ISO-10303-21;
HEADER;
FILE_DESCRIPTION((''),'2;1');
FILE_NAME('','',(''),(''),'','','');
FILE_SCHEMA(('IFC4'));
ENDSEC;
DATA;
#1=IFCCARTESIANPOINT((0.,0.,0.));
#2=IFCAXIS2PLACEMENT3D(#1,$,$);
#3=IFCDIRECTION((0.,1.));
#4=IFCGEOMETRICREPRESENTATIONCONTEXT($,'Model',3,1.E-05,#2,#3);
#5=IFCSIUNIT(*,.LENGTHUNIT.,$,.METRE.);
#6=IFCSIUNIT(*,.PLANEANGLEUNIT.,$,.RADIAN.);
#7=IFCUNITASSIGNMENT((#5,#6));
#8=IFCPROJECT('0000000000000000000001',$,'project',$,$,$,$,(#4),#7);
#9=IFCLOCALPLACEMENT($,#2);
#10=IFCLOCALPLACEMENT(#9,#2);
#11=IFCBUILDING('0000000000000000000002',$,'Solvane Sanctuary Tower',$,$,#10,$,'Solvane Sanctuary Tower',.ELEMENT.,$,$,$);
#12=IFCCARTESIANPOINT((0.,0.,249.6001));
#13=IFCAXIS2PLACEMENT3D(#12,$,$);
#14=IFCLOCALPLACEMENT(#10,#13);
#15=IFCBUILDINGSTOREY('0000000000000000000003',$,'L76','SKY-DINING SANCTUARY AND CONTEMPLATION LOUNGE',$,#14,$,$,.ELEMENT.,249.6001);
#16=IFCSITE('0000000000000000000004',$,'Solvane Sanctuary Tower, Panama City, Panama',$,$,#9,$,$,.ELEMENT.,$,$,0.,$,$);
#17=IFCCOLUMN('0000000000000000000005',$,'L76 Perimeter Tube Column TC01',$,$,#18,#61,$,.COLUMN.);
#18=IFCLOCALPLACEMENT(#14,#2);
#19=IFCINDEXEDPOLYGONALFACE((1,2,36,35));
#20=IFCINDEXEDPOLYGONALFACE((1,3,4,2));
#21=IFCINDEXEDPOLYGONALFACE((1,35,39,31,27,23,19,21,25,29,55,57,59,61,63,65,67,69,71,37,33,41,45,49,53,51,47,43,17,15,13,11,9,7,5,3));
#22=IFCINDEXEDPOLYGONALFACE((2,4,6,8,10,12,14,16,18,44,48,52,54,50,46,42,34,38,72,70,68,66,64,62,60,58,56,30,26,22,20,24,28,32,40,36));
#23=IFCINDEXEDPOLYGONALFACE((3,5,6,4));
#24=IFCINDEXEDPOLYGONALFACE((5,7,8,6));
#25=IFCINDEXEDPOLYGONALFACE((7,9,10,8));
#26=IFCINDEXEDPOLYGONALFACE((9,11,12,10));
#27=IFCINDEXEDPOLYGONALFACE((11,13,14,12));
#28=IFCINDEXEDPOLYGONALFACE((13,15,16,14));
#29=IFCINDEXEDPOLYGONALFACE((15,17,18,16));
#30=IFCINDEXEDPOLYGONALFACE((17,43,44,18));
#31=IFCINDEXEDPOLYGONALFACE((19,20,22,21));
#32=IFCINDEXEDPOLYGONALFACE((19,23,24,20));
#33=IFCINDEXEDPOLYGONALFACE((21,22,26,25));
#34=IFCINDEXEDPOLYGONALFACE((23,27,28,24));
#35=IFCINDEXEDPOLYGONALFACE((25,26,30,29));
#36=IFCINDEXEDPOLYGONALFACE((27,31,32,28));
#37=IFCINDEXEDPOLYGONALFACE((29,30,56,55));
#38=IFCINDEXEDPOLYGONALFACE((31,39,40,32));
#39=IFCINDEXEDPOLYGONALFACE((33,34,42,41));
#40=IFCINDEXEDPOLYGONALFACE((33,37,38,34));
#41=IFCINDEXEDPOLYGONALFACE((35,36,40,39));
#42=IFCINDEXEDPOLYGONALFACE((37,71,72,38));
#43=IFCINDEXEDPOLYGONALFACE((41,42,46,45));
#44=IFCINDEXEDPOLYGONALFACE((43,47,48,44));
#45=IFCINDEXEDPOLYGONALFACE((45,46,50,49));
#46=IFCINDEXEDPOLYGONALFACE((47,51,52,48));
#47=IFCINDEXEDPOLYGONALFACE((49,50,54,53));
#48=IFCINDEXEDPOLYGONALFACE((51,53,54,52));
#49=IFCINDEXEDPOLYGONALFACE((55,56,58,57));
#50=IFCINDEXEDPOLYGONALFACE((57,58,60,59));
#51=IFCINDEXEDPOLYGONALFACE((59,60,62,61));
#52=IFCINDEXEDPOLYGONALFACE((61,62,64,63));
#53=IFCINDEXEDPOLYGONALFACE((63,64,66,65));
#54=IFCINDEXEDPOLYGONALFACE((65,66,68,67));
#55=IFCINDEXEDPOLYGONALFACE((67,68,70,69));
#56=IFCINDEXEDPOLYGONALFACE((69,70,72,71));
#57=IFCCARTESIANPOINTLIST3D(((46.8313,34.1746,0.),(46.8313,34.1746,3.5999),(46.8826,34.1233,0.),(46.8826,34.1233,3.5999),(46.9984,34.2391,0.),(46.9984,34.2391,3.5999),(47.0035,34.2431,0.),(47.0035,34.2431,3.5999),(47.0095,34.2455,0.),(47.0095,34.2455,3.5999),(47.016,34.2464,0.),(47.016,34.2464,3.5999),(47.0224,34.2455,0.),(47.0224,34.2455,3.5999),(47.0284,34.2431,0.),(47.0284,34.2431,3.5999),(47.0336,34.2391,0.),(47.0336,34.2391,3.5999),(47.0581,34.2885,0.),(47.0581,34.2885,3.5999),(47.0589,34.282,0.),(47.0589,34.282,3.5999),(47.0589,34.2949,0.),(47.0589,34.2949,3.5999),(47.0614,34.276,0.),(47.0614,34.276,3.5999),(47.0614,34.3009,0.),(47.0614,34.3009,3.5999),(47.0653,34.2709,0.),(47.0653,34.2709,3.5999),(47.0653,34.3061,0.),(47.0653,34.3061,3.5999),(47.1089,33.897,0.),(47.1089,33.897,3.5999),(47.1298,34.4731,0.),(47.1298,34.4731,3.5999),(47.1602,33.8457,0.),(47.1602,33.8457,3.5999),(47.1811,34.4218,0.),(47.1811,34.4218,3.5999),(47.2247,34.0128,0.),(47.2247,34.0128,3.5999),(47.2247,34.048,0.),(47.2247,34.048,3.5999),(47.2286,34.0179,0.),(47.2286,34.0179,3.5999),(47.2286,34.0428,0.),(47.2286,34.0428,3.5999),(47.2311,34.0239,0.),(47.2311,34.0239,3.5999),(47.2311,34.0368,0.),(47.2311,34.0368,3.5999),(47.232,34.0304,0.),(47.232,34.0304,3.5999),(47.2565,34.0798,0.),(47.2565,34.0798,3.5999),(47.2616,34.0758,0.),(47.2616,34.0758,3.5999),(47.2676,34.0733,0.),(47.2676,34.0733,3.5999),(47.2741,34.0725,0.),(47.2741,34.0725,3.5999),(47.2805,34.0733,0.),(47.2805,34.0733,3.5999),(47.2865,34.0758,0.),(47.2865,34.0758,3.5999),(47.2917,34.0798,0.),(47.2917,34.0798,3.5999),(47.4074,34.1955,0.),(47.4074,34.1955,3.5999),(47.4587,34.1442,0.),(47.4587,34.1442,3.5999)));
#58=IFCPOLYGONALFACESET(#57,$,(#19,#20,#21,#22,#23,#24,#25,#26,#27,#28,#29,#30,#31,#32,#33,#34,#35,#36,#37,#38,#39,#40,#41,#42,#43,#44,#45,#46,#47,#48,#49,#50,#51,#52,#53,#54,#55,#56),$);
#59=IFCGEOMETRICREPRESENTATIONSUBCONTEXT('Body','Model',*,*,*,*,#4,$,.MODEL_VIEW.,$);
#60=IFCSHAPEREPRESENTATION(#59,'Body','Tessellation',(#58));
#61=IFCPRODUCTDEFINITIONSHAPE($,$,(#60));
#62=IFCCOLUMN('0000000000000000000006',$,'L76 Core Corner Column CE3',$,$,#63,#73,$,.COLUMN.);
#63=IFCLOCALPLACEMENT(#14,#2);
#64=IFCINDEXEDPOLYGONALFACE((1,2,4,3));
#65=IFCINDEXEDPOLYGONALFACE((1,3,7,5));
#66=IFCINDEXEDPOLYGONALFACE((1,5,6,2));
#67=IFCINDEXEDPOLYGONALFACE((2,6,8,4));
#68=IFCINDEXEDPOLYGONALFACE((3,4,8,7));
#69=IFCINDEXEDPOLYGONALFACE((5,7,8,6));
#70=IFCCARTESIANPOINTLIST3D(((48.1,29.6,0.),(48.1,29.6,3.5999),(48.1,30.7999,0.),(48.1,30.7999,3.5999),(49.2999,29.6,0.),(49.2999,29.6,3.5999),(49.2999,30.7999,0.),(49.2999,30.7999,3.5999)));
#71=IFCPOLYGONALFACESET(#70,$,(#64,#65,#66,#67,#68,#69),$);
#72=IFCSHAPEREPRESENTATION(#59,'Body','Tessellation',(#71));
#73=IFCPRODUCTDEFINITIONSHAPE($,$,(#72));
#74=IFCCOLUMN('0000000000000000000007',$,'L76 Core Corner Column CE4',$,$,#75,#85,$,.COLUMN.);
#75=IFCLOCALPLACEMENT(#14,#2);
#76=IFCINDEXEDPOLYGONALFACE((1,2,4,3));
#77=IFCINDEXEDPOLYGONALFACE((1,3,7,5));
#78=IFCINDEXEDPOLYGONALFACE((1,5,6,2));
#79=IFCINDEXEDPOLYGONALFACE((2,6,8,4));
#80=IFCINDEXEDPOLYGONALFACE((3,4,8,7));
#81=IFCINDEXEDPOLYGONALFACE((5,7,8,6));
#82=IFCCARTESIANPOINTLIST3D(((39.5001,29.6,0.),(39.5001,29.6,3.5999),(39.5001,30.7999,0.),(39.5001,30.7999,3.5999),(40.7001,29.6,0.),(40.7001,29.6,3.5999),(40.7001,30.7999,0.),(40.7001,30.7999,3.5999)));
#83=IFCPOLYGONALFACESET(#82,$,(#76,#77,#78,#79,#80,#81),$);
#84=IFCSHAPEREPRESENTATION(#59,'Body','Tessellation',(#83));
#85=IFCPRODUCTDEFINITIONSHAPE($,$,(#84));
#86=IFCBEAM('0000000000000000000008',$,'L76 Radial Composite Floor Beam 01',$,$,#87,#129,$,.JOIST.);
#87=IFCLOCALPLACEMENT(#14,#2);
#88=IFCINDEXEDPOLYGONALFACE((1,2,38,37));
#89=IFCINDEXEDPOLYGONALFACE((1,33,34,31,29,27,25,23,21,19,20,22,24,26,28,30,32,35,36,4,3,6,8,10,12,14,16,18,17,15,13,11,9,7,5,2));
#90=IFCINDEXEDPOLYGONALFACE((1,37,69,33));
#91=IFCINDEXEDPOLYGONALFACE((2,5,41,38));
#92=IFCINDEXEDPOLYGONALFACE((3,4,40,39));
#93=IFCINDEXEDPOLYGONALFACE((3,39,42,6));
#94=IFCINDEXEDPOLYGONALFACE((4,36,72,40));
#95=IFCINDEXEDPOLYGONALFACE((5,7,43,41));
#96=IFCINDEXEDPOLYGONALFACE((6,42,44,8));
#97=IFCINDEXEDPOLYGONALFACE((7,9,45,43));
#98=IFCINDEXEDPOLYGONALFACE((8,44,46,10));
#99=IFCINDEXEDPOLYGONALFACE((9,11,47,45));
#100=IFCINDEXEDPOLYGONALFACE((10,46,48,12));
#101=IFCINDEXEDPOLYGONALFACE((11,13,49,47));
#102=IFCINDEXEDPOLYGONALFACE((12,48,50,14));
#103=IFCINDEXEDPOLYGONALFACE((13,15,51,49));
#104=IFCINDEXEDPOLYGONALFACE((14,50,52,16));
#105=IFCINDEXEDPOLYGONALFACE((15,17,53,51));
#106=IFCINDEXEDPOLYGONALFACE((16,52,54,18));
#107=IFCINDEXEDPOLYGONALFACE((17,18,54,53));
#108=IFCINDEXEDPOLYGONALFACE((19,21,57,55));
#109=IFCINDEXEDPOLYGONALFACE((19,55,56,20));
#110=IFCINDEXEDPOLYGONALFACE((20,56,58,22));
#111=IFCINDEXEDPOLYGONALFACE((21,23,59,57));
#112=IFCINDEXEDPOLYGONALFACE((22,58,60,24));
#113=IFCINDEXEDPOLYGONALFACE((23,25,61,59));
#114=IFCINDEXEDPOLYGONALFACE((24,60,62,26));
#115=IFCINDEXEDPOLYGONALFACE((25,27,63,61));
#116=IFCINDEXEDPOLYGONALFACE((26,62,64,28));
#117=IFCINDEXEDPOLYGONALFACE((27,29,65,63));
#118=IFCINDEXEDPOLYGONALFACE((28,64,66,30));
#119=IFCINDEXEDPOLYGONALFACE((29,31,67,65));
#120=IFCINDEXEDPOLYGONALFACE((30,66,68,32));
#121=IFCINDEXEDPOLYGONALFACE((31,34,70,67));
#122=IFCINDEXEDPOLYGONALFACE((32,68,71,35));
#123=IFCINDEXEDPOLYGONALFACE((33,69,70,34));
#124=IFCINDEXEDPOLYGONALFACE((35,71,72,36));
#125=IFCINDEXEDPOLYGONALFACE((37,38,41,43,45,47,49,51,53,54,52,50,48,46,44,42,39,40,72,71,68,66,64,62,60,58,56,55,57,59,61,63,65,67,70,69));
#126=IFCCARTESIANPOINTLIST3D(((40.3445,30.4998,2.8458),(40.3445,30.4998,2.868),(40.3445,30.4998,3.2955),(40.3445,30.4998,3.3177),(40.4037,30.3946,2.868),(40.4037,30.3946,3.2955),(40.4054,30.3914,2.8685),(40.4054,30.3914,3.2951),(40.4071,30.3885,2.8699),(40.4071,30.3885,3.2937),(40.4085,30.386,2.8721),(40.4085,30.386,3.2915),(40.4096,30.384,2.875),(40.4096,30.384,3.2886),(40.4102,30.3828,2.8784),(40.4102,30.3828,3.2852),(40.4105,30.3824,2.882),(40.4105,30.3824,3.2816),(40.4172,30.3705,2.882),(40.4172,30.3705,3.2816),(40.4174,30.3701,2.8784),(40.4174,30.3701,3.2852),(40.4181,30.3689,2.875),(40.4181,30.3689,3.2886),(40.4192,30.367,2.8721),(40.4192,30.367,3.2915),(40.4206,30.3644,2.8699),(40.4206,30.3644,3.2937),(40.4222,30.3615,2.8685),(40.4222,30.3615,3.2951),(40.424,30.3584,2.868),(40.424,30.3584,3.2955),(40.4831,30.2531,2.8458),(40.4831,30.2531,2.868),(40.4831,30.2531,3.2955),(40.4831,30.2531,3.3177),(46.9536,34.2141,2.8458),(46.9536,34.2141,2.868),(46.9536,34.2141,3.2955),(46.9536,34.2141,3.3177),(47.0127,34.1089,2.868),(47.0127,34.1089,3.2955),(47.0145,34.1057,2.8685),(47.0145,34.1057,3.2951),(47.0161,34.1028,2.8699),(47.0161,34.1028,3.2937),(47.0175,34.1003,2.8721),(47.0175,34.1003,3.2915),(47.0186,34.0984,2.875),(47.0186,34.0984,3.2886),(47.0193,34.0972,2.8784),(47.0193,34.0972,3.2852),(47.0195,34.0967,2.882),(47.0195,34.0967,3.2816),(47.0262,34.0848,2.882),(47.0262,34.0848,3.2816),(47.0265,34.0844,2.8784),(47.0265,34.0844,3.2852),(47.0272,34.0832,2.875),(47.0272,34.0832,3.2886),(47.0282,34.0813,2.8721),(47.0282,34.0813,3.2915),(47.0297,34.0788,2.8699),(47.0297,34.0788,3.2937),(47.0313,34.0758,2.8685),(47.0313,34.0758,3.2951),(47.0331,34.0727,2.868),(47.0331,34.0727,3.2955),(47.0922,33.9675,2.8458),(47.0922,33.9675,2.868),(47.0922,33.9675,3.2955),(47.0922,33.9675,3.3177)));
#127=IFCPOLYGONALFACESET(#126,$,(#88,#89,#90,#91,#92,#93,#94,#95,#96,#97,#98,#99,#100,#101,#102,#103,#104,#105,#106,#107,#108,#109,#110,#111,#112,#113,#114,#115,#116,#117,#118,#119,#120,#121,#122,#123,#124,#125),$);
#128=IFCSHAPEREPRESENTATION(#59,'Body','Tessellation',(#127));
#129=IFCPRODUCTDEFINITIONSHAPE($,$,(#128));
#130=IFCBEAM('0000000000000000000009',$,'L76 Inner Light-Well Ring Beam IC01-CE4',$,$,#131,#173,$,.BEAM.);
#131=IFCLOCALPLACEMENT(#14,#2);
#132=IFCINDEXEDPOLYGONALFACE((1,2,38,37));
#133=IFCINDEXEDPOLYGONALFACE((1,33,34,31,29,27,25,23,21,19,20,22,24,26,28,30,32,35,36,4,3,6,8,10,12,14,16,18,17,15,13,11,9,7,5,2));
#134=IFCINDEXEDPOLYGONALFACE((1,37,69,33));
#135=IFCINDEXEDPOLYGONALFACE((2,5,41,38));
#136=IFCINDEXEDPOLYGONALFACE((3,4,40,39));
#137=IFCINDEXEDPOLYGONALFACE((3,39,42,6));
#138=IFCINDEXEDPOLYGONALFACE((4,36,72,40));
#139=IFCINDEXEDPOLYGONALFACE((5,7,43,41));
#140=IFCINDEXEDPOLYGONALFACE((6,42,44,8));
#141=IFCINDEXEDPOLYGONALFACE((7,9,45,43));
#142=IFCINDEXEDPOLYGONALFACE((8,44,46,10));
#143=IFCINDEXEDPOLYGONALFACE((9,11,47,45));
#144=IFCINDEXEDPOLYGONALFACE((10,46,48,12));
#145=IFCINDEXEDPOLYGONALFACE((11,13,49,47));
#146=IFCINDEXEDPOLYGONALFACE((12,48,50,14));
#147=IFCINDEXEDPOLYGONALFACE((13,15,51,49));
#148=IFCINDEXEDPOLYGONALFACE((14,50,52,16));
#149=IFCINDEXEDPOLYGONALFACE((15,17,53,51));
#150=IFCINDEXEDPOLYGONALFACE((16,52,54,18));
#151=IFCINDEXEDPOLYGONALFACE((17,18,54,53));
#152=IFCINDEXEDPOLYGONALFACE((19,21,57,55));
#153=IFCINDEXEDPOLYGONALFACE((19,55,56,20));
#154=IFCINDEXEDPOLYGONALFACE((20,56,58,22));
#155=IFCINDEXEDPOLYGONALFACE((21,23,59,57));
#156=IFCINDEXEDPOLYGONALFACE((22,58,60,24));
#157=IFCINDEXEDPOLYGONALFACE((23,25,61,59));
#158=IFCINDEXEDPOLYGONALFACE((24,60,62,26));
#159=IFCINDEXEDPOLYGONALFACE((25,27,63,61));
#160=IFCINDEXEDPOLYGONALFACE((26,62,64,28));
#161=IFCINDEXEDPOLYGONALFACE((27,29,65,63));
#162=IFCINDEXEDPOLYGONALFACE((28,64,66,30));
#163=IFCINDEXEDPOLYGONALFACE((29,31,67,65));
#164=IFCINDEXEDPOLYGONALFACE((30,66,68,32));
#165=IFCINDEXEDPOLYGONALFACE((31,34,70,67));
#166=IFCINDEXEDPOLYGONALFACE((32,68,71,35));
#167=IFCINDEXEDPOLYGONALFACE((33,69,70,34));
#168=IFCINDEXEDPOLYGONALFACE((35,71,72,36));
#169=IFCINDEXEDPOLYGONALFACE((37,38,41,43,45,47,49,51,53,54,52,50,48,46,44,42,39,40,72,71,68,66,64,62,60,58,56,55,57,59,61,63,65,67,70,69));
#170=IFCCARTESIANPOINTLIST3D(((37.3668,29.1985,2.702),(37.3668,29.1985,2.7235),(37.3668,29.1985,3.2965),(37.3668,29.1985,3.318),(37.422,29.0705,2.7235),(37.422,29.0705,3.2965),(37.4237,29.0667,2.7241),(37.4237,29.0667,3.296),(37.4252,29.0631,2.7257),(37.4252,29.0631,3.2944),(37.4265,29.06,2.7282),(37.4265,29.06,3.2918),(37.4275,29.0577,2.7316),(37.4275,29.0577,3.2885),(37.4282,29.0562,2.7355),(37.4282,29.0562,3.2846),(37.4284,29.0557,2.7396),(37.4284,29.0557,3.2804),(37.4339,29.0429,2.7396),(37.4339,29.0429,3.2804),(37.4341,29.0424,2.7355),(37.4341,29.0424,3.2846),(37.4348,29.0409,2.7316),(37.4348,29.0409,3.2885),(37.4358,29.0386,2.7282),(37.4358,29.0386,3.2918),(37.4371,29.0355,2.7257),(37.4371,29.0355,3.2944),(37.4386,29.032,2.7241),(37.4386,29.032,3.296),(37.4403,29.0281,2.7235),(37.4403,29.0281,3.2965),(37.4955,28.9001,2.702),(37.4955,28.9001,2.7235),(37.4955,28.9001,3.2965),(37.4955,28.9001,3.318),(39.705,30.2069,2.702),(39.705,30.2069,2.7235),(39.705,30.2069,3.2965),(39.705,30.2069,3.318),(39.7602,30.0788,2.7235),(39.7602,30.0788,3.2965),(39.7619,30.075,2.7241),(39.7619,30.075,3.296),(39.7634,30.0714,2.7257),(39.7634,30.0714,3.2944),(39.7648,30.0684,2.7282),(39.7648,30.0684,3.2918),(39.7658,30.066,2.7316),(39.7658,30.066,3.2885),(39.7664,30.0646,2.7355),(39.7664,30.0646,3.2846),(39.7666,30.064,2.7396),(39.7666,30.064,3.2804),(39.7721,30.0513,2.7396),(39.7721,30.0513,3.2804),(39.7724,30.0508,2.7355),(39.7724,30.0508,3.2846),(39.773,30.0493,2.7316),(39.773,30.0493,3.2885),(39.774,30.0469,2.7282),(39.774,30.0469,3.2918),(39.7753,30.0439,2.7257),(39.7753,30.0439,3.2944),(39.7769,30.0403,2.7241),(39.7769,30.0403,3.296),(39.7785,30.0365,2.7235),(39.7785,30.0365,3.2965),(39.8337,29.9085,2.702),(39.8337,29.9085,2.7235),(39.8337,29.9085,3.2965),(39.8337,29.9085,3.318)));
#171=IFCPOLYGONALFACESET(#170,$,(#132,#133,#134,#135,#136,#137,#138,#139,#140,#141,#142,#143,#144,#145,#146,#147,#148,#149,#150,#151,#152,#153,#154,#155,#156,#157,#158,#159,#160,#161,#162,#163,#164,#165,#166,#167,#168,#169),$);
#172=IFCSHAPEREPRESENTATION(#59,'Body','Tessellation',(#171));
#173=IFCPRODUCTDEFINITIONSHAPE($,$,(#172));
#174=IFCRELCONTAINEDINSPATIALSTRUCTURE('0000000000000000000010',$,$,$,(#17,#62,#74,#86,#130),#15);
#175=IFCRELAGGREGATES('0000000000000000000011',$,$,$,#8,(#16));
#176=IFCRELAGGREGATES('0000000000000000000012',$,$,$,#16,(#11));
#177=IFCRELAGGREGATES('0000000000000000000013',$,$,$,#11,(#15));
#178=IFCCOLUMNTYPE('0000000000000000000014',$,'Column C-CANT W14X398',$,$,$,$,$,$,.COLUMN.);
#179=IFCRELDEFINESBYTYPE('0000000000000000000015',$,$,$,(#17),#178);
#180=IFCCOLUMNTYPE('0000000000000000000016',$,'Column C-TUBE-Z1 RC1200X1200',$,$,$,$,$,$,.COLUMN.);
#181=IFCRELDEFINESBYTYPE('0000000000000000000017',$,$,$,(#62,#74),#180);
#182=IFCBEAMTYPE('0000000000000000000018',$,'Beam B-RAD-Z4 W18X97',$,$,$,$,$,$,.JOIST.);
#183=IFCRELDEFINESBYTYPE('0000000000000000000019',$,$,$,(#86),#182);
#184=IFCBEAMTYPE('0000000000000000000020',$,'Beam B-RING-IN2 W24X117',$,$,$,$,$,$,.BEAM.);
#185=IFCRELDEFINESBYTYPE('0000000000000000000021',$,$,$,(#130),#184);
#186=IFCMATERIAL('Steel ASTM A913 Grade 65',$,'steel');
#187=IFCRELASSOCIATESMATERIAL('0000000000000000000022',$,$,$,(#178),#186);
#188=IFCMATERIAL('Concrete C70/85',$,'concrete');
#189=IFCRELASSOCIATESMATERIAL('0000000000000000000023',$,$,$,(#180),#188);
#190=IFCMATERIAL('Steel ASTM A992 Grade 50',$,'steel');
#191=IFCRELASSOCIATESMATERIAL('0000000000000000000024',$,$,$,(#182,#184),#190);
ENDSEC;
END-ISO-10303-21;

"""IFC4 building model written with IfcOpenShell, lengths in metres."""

from ifc_helpers import new_model, si_unit, direction, frame, origin, origin_2d, place, context, subcontext, project, spatial, rectangle, i_section, extrude, material, material_profile, profile_set, type_object, element, save


model = new_model("IFC4")

# Units and contexts
model_context = context("Model", 3, precision=1e-05, world=origin(), true_north=direction((0.0, 1.0)))
body_context = subcontext(model_context, "Body", "Model", "MODEL_VIEW")
ifc_project = project(units=[si_unit("LENGTHUNIT", "METRE"), si_unit("PLANEANGLEUNIT", "RADIAN")], contexts=[model_context])

# Site, building, storey
site_placement = place(None, origin())
site = spatial("IfcSite", under=ifc_project, at=site_placement, Name="Solvane Sanctuary Tower, Panama City, Panama", CompositionType="ELEMENT", RefElevation=0.0)
building_placement = place(site_placement, origin())
building = spatial("IfcBuilding", under=site, at=building_placement, Name="Solvane Sanctuary Tower", LongName="Solvane Sanctuary Tower", CompositionType="ELEMENT")
storey_placement = place(building_placement, frame((0.0, 0.0, 249.6001)))
storey = spatial("IfcBuildingStorey", under=building, at=storey_placement, Name="L76", Description="SKY-DINING SANCTUARY AND CONTEMPLATION LOUNGE", CompositionType="ELEMENT", Elevation=249.6001)

# Columns
ifc_material_1 = material(Name="Steel ASTM A913 Grade 65", Category="steel")
ifc_material_profile_1 = material_profile(ifc_material_1, i_section(OverallWidth=0.4221, OverallDepth=0.4651, WebThickness=0.0449, FlangeThickness=0.0725, FilletRadius=0.0249, at=origin_2d()), Name="W14X398")
ifc_profile_set_1 = profile_set([ifc_material_profile_1], Name="Steel ASTM A913 Grade 65")
column_type_1 = type_object("IfcColumnType", Name="Column C-CANT W14X398", PredefinedType="COLUMN", material=ifc_profile_set_1)
column_placement = place(storey_placement, frame((47.145, 34.1594, 0.0), z_axis=(0.0, 0.0, 1.0), x_axis=(0.707107, 0.707107, 0.0)))
element("IfcColumn", 1, at=column_placement, inside=storey, type_object=column_type_1, Name="L76 Perimeter Tube Column TC01", PredefinedType="COLUMN", context=body_context, shape_type="SweptSolid", body=[
    extrude(i_section(OverallWidth=0.4221, OverallDepth=0.4651, WebThickness=0.0449, FlangeThickness=0.0725, FilletRadius=0.0249, at=origin_2d()), origin(), (0.0, 0.0, 1.0), 3.5999),
])
ifc_material_2 = material(Name="Concrete C70/85", Category="concrete")
ifc_material_profile_2 = material_profile(ifc_material_2, rectangle(XDim=1.2, YDim=1.2, at=origin_2d()), Name="RC1200X1200")
ifc_profile_set_2 = profile_set([ifc_material_profile_2], Name="Concrete C70/85")
column_type_2 = type_object("IfcColumnType", Name="Column C-TUBE-Z1 RC1200X1200", PredefinedType="COLUMN", material=ifc_profile_set_2)
for number, where, z_axis, x_axis, name in (
    (2, (48.7, 30.2, 0.0), (0.0, 0.0, 1.0), (1.0, 0.0, 0.0), "L76 Core Corner Column CE3"),
    (3, (40.1001, 30.2, 0.0), (0.0, 0.0, 1.0), (1.0, 0.0, 0.0), "L76 Core Corner Column CE4"),
):
    element("IfcColumn", number, at=place(storey_placement, frame(where, z_axis=z_axis, x_axis=x_axis)), inside=storey, type_object=column_type_2, Name=name, PredefinedType="COLUMN", context=body_context, shape_type="SweptSolid", body=[
        extrude(rectangle(XDim=1.2, YDim=1.2, at=origin_2d()), origin(), (0.0, 0.0, 1.0), 3.5999),
    ])

# Beams
ifc_material_3 = material(Name="Steel ASTM A992 Grade 50", Category="steel")
ifc_material_profile_3 = material_profile(ifc_material_3, i_section(OverallWidth=0.283, OverallDepth=0.4719, WebThickness=0.0137, FlangeThickness=0.0222, FilletRadius=0.0139, at=origin_2d()), Name="W18X97")
ifc_profile_set_3 = profile_set([ifc_material_profile_3], Name="Steel ASTM A992 Grade 50")
beam_type_1 = type_object("IfcBeamType", Name="Beam B-RAD-Z4 W18X97", PredefinedType="JOIST", material=ifc_profile_set_3)
beam_1_placement = place(storey_placement, frame((40.4138, 30.3765, 3.0818), z_axis=(0.87176, 0.489932, 0.0), x_axis=(-0.489932, 0.87176, 0.0)))
element("IfcBeam", 4, at=beam_1_placement, inside=storey, type_object=beam_type_1, Name="L76 Radial Composite Floor Beam 01", PredefinedType="JOIST", context=body_context, shape_type="SweptSolid", body=[
    extrude(i_section(OverallWidth=0.283, OverallDepth=0.4719, WebThickness=0.0137, FlangeThickness=0.0222, FilletRadius=0.0139, at=origin_2d()), origin(), (0.0, 0.0, 1.0), 7.5813),
])
ifc_material_profile_4 = material_profile(ifc_material_3, i_section(OverallWidth=0.325, OverallDepth=0.616, WebThickness=0.0139, FlangeThickness=0.0215, FilletRadius=0.0161, at=origin_2d()), Name="W24X117")
ifc_profile_set_4 = profile_set([ifc_material_profile_4], Name="Steel ASTM A992 Grade 50")
beam_type_2 = type_object("IfcBeamType", Name="Beam B-RING-IN2 W24X117", PredefinedType="BEAM", material=ifc_profile_set_4)
beam_2_placement = place(storey_placement, frame((37.4312, 29.0493, 3.01), z_axis=(0.918255, 0.39599, 0.0), x_axis=(-0.39599, 0.918255, 0.0)))
element("IfcBeam", 5, at=beam_2_placement, inside=storey, type_object=beam_type_2, Name="L76 Inner Light-Well Ring Beam IC01-CE4", PredefinedType="BEAM", context=body_context, shape_type="SweptSolid", body=[
    extrude(i_section(OverallWidth=0.325, OverallDepth=0.616, WebThickness=0.0139, FlangeThickness=0.0215, FilletRadius=0.0161, at=origin_2d()), origin(), (0.0, 0.0, 1.0), 2.5464),
])

save(model, "model.ifc")
